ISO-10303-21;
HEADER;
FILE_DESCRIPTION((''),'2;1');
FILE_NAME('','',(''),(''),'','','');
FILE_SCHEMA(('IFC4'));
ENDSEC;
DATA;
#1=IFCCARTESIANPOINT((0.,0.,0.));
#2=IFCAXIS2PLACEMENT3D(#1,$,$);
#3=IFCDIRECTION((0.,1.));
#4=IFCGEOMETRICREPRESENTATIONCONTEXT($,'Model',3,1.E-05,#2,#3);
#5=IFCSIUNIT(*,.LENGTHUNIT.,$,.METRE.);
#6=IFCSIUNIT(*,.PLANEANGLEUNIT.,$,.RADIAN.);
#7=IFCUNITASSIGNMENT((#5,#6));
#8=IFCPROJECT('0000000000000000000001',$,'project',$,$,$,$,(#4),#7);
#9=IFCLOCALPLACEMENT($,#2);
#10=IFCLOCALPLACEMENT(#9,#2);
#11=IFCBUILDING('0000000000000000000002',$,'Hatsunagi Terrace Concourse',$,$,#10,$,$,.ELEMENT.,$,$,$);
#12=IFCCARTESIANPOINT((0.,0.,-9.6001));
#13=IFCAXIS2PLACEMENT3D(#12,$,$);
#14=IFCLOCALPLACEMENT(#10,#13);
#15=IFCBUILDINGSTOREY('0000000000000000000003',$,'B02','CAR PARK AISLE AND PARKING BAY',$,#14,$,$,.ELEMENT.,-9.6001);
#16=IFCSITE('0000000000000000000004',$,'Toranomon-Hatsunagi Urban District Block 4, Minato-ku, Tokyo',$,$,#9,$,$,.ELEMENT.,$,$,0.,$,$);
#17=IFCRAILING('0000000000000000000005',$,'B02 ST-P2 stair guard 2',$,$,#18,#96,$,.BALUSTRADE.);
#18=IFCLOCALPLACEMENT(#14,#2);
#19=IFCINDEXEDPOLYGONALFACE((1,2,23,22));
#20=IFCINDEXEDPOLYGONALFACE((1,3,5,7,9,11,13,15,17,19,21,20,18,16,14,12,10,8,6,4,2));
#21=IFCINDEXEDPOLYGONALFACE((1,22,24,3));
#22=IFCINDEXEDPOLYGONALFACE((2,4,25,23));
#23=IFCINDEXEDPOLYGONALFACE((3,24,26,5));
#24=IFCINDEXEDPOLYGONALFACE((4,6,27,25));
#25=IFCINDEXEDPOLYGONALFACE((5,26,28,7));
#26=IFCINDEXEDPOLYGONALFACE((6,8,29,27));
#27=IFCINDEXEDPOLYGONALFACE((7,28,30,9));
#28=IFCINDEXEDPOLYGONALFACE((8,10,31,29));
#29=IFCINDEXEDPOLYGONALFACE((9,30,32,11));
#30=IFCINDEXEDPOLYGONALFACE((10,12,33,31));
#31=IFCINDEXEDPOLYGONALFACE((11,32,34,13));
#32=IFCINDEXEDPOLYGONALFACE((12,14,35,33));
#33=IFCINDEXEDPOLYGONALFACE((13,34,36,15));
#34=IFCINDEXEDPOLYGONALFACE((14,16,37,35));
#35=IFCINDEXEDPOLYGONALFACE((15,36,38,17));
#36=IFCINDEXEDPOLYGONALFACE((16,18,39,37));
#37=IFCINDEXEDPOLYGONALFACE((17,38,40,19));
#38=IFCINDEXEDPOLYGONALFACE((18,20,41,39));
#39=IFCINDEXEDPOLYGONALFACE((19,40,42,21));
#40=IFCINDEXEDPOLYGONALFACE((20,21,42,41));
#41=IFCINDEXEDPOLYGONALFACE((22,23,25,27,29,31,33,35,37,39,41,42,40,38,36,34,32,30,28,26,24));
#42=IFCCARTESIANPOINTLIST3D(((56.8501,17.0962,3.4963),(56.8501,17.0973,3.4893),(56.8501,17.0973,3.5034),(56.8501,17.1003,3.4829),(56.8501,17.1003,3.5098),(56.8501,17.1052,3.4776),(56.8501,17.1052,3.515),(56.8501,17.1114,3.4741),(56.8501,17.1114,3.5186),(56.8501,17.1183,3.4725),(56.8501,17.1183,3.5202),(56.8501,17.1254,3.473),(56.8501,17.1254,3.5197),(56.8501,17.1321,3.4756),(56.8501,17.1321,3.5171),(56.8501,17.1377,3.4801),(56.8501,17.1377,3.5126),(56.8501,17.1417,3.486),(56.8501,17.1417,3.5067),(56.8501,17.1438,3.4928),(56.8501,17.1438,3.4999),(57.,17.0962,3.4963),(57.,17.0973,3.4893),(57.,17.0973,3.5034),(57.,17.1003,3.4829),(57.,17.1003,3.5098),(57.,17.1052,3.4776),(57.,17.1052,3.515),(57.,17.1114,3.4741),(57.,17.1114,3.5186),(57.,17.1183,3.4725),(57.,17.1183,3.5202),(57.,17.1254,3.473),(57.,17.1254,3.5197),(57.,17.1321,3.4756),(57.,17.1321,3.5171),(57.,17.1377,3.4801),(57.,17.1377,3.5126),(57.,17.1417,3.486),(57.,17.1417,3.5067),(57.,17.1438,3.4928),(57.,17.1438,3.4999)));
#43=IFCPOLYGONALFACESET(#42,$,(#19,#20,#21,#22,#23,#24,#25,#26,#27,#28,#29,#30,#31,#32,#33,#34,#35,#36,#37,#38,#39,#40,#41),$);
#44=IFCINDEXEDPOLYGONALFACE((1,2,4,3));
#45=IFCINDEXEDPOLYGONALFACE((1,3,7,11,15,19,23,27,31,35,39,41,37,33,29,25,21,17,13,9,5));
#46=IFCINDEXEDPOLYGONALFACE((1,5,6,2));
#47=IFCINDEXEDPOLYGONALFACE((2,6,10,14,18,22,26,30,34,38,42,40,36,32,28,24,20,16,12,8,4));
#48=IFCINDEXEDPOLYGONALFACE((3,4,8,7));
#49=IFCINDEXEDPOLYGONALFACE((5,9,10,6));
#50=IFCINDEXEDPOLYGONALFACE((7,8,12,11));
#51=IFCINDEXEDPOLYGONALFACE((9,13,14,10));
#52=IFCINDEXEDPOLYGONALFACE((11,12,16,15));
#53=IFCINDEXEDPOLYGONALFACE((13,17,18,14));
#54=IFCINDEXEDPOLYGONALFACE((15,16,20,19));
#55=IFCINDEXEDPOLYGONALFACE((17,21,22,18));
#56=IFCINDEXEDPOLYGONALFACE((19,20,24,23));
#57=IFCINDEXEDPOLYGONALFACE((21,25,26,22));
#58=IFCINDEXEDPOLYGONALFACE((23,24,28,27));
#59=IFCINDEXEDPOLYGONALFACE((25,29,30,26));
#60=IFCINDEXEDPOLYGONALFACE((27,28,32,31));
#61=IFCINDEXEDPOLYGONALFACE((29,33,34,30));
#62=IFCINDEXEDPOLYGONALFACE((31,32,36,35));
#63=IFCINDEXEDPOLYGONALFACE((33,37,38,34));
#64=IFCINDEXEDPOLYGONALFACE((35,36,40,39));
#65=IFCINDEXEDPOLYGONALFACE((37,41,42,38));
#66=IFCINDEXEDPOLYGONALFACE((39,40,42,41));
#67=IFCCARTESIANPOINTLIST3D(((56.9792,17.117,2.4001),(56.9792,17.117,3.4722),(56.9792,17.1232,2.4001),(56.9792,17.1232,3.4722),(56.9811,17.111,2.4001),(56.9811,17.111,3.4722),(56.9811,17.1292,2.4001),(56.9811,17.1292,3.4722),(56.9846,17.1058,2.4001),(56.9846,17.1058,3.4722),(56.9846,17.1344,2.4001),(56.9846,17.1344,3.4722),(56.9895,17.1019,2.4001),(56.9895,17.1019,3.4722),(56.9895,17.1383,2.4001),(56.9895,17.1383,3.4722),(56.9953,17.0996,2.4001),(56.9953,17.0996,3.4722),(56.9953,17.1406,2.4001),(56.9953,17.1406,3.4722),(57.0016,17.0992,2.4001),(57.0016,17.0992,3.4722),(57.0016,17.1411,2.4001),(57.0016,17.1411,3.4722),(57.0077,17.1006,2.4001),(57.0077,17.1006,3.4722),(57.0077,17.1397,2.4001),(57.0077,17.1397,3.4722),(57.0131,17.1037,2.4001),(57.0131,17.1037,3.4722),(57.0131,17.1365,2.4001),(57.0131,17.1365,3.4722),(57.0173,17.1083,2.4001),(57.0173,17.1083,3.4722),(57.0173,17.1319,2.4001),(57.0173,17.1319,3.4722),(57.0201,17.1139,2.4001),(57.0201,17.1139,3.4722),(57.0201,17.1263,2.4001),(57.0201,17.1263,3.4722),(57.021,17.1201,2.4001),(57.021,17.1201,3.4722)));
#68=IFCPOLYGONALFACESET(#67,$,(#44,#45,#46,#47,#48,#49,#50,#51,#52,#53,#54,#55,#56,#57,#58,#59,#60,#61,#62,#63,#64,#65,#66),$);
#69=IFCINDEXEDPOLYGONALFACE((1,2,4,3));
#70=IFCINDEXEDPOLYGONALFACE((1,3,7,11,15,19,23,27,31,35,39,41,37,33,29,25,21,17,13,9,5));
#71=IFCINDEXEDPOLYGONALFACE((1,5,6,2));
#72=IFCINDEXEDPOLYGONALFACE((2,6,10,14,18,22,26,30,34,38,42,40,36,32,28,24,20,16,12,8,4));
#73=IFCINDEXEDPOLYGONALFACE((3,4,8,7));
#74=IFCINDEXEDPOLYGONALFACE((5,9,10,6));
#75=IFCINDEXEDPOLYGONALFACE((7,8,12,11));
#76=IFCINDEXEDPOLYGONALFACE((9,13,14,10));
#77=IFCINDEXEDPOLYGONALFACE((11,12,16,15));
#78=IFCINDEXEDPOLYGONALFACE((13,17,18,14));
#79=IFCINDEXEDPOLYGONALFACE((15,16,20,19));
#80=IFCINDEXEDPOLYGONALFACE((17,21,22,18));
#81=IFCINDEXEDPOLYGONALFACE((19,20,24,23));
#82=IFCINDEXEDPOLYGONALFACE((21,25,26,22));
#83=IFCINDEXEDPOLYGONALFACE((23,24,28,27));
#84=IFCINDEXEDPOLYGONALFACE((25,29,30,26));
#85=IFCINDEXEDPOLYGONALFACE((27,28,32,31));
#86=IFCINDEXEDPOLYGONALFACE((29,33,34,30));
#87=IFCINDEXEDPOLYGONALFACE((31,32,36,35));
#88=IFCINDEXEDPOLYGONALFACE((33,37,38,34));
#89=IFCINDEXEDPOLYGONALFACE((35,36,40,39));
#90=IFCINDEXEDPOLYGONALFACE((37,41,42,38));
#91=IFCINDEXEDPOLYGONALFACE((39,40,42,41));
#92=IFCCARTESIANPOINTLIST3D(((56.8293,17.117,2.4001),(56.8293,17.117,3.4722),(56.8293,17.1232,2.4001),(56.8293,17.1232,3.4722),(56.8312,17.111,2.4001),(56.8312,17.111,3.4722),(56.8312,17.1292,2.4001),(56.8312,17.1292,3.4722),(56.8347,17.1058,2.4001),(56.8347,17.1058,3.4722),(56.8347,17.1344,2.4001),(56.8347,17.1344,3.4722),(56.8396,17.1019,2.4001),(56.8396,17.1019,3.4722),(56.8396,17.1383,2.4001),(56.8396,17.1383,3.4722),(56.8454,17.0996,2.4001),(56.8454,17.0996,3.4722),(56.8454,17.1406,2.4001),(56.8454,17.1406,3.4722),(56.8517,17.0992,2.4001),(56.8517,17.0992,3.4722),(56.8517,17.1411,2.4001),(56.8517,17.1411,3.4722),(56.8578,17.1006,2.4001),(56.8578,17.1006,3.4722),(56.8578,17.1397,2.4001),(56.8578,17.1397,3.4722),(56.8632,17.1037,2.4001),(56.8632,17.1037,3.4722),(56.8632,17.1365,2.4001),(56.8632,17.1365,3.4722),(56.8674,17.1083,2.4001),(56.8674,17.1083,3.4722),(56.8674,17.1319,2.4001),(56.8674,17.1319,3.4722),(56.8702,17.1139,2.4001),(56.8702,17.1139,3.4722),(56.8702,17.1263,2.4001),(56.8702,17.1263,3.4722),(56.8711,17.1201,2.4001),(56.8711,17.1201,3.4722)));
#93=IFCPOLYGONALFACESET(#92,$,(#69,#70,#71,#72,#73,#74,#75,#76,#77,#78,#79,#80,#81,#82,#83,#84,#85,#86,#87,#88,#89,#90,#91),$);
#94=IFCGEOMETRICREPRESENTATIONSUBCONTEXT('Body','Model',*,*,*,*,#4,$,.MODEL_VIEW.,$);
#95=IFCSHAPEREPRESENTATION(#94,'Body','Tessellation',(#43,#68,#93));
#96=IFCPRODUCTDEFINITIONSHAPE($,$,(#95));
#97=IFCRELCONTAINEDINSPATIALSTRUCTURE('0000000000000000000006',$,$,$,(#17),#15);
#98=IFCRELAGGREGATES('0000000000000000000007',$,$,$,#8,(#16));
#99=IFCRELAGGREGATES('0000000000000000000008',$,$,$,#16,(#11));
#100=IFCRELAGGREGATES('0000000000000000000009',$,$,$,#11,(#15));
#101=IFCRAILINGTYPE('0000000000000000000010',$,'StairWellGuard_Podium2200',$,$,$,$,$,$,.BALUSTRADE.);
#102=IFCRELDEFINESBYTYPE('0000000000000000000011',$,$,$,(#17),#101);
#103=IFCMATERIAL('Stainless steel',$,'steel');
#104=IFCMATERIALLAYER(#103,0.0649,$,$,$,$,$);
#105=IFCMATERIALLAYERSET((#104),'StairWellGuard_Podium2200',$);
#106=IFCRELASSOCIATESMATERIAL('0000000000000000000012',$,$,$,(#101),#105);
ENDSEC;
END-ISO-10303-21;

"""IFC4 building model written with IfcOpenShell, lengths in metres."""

from ifc_helpers import new_model, si_unit, direction, frame, origin, origin_2d, place, context, subcontext, project, spatial, circle, extrude, material, layer, layer_set, type_object, element, save


model = new_model("IFC4")

# Units and contexts
model_context = context("Model", 3, precision=1e-05, world=origin(), true_north=direction((0.0, 1.0)))
body_context = subcontext(model_context, "Body", "Model", "MODEL_VIEW")
ifc_project = project(units=[si_unit("LENGTHUNIT", "METRE"), si_unit("PLANEANGLEUNIT", "RADIAN")], contexts=[model_context])

# Site, building, storey
site_placement = place(None, origin())
site = spatial("IfcSite", under=ifc_project, at=site_placement, Name="Toranomon-Hatsunagi Urban District Block 4, Minato-ku, Tokyo", CompositionType="ELEMENT", RefElevation=0.0)
building_placement = place(site_placement, origin())
building = spatial("IfcBuilding", under=site, at=building_placement, Name="Hatsunagi Terrace Concourse", CompositionType="ELEMENT")
storey_placement = place(building_placement, frame((0.0, 0.0, -9.6001)))
storey = spatial("IfcBuildingStorey", under=building, at=storey_placement, Name="B02", Description="CAR PARK AISLE AND PARKING BAY", CompositionType="ELEMENT", Elevation=-9.6001)

# Railing
ifc_material_1 = material(Name="Stainless steel", Category="steel")
ifc_layer_1 = layer(ifc_material_1, 0.0649)
ifc_layer_set_1 = layer_set([ifc_layer_1], Name="StairWellGuard_Podium2200")
railing_type_1 = type_object("IfcRailingType", Name="StairWellGuard_Podium2200", PredefinedType="BALUSTRADE", material=ifc_layer_set_1)
railing_1_placement = place(storey_placement, frame((57.0, 17.1201, 2.4001)))
element("IfcRailing", 1, at=railing_1_placement, inside=storey, type_object=railing_type_1, Name="B02 ST-P2 stair guard 2", PredefinedType="BALUSTRADE", context=body_context, shape_type="SweptSolid", body=[
    extrude(circle(Radius=0.0239, at=origin_2d()), frame((0.0, 0.0, 1.0962), z_axis=(-1.0, 0.0, 0.0), x_axis=(0.0, -1.0, 0.0)), (0.0, 0.0, 1.0), 0.1499),
    extrude(circle(Radius=0.021, at=origin_2d()), origin(), (0.0, 0.0, 1.0), 1.072),
    extrude(circle(Radius=0.021, at=origin_2d()), frame((-0.1499, 0.0, 0.0)), (0.0, 0.0, 1.0), 1.072),
])

save(model, "model.ifc")
